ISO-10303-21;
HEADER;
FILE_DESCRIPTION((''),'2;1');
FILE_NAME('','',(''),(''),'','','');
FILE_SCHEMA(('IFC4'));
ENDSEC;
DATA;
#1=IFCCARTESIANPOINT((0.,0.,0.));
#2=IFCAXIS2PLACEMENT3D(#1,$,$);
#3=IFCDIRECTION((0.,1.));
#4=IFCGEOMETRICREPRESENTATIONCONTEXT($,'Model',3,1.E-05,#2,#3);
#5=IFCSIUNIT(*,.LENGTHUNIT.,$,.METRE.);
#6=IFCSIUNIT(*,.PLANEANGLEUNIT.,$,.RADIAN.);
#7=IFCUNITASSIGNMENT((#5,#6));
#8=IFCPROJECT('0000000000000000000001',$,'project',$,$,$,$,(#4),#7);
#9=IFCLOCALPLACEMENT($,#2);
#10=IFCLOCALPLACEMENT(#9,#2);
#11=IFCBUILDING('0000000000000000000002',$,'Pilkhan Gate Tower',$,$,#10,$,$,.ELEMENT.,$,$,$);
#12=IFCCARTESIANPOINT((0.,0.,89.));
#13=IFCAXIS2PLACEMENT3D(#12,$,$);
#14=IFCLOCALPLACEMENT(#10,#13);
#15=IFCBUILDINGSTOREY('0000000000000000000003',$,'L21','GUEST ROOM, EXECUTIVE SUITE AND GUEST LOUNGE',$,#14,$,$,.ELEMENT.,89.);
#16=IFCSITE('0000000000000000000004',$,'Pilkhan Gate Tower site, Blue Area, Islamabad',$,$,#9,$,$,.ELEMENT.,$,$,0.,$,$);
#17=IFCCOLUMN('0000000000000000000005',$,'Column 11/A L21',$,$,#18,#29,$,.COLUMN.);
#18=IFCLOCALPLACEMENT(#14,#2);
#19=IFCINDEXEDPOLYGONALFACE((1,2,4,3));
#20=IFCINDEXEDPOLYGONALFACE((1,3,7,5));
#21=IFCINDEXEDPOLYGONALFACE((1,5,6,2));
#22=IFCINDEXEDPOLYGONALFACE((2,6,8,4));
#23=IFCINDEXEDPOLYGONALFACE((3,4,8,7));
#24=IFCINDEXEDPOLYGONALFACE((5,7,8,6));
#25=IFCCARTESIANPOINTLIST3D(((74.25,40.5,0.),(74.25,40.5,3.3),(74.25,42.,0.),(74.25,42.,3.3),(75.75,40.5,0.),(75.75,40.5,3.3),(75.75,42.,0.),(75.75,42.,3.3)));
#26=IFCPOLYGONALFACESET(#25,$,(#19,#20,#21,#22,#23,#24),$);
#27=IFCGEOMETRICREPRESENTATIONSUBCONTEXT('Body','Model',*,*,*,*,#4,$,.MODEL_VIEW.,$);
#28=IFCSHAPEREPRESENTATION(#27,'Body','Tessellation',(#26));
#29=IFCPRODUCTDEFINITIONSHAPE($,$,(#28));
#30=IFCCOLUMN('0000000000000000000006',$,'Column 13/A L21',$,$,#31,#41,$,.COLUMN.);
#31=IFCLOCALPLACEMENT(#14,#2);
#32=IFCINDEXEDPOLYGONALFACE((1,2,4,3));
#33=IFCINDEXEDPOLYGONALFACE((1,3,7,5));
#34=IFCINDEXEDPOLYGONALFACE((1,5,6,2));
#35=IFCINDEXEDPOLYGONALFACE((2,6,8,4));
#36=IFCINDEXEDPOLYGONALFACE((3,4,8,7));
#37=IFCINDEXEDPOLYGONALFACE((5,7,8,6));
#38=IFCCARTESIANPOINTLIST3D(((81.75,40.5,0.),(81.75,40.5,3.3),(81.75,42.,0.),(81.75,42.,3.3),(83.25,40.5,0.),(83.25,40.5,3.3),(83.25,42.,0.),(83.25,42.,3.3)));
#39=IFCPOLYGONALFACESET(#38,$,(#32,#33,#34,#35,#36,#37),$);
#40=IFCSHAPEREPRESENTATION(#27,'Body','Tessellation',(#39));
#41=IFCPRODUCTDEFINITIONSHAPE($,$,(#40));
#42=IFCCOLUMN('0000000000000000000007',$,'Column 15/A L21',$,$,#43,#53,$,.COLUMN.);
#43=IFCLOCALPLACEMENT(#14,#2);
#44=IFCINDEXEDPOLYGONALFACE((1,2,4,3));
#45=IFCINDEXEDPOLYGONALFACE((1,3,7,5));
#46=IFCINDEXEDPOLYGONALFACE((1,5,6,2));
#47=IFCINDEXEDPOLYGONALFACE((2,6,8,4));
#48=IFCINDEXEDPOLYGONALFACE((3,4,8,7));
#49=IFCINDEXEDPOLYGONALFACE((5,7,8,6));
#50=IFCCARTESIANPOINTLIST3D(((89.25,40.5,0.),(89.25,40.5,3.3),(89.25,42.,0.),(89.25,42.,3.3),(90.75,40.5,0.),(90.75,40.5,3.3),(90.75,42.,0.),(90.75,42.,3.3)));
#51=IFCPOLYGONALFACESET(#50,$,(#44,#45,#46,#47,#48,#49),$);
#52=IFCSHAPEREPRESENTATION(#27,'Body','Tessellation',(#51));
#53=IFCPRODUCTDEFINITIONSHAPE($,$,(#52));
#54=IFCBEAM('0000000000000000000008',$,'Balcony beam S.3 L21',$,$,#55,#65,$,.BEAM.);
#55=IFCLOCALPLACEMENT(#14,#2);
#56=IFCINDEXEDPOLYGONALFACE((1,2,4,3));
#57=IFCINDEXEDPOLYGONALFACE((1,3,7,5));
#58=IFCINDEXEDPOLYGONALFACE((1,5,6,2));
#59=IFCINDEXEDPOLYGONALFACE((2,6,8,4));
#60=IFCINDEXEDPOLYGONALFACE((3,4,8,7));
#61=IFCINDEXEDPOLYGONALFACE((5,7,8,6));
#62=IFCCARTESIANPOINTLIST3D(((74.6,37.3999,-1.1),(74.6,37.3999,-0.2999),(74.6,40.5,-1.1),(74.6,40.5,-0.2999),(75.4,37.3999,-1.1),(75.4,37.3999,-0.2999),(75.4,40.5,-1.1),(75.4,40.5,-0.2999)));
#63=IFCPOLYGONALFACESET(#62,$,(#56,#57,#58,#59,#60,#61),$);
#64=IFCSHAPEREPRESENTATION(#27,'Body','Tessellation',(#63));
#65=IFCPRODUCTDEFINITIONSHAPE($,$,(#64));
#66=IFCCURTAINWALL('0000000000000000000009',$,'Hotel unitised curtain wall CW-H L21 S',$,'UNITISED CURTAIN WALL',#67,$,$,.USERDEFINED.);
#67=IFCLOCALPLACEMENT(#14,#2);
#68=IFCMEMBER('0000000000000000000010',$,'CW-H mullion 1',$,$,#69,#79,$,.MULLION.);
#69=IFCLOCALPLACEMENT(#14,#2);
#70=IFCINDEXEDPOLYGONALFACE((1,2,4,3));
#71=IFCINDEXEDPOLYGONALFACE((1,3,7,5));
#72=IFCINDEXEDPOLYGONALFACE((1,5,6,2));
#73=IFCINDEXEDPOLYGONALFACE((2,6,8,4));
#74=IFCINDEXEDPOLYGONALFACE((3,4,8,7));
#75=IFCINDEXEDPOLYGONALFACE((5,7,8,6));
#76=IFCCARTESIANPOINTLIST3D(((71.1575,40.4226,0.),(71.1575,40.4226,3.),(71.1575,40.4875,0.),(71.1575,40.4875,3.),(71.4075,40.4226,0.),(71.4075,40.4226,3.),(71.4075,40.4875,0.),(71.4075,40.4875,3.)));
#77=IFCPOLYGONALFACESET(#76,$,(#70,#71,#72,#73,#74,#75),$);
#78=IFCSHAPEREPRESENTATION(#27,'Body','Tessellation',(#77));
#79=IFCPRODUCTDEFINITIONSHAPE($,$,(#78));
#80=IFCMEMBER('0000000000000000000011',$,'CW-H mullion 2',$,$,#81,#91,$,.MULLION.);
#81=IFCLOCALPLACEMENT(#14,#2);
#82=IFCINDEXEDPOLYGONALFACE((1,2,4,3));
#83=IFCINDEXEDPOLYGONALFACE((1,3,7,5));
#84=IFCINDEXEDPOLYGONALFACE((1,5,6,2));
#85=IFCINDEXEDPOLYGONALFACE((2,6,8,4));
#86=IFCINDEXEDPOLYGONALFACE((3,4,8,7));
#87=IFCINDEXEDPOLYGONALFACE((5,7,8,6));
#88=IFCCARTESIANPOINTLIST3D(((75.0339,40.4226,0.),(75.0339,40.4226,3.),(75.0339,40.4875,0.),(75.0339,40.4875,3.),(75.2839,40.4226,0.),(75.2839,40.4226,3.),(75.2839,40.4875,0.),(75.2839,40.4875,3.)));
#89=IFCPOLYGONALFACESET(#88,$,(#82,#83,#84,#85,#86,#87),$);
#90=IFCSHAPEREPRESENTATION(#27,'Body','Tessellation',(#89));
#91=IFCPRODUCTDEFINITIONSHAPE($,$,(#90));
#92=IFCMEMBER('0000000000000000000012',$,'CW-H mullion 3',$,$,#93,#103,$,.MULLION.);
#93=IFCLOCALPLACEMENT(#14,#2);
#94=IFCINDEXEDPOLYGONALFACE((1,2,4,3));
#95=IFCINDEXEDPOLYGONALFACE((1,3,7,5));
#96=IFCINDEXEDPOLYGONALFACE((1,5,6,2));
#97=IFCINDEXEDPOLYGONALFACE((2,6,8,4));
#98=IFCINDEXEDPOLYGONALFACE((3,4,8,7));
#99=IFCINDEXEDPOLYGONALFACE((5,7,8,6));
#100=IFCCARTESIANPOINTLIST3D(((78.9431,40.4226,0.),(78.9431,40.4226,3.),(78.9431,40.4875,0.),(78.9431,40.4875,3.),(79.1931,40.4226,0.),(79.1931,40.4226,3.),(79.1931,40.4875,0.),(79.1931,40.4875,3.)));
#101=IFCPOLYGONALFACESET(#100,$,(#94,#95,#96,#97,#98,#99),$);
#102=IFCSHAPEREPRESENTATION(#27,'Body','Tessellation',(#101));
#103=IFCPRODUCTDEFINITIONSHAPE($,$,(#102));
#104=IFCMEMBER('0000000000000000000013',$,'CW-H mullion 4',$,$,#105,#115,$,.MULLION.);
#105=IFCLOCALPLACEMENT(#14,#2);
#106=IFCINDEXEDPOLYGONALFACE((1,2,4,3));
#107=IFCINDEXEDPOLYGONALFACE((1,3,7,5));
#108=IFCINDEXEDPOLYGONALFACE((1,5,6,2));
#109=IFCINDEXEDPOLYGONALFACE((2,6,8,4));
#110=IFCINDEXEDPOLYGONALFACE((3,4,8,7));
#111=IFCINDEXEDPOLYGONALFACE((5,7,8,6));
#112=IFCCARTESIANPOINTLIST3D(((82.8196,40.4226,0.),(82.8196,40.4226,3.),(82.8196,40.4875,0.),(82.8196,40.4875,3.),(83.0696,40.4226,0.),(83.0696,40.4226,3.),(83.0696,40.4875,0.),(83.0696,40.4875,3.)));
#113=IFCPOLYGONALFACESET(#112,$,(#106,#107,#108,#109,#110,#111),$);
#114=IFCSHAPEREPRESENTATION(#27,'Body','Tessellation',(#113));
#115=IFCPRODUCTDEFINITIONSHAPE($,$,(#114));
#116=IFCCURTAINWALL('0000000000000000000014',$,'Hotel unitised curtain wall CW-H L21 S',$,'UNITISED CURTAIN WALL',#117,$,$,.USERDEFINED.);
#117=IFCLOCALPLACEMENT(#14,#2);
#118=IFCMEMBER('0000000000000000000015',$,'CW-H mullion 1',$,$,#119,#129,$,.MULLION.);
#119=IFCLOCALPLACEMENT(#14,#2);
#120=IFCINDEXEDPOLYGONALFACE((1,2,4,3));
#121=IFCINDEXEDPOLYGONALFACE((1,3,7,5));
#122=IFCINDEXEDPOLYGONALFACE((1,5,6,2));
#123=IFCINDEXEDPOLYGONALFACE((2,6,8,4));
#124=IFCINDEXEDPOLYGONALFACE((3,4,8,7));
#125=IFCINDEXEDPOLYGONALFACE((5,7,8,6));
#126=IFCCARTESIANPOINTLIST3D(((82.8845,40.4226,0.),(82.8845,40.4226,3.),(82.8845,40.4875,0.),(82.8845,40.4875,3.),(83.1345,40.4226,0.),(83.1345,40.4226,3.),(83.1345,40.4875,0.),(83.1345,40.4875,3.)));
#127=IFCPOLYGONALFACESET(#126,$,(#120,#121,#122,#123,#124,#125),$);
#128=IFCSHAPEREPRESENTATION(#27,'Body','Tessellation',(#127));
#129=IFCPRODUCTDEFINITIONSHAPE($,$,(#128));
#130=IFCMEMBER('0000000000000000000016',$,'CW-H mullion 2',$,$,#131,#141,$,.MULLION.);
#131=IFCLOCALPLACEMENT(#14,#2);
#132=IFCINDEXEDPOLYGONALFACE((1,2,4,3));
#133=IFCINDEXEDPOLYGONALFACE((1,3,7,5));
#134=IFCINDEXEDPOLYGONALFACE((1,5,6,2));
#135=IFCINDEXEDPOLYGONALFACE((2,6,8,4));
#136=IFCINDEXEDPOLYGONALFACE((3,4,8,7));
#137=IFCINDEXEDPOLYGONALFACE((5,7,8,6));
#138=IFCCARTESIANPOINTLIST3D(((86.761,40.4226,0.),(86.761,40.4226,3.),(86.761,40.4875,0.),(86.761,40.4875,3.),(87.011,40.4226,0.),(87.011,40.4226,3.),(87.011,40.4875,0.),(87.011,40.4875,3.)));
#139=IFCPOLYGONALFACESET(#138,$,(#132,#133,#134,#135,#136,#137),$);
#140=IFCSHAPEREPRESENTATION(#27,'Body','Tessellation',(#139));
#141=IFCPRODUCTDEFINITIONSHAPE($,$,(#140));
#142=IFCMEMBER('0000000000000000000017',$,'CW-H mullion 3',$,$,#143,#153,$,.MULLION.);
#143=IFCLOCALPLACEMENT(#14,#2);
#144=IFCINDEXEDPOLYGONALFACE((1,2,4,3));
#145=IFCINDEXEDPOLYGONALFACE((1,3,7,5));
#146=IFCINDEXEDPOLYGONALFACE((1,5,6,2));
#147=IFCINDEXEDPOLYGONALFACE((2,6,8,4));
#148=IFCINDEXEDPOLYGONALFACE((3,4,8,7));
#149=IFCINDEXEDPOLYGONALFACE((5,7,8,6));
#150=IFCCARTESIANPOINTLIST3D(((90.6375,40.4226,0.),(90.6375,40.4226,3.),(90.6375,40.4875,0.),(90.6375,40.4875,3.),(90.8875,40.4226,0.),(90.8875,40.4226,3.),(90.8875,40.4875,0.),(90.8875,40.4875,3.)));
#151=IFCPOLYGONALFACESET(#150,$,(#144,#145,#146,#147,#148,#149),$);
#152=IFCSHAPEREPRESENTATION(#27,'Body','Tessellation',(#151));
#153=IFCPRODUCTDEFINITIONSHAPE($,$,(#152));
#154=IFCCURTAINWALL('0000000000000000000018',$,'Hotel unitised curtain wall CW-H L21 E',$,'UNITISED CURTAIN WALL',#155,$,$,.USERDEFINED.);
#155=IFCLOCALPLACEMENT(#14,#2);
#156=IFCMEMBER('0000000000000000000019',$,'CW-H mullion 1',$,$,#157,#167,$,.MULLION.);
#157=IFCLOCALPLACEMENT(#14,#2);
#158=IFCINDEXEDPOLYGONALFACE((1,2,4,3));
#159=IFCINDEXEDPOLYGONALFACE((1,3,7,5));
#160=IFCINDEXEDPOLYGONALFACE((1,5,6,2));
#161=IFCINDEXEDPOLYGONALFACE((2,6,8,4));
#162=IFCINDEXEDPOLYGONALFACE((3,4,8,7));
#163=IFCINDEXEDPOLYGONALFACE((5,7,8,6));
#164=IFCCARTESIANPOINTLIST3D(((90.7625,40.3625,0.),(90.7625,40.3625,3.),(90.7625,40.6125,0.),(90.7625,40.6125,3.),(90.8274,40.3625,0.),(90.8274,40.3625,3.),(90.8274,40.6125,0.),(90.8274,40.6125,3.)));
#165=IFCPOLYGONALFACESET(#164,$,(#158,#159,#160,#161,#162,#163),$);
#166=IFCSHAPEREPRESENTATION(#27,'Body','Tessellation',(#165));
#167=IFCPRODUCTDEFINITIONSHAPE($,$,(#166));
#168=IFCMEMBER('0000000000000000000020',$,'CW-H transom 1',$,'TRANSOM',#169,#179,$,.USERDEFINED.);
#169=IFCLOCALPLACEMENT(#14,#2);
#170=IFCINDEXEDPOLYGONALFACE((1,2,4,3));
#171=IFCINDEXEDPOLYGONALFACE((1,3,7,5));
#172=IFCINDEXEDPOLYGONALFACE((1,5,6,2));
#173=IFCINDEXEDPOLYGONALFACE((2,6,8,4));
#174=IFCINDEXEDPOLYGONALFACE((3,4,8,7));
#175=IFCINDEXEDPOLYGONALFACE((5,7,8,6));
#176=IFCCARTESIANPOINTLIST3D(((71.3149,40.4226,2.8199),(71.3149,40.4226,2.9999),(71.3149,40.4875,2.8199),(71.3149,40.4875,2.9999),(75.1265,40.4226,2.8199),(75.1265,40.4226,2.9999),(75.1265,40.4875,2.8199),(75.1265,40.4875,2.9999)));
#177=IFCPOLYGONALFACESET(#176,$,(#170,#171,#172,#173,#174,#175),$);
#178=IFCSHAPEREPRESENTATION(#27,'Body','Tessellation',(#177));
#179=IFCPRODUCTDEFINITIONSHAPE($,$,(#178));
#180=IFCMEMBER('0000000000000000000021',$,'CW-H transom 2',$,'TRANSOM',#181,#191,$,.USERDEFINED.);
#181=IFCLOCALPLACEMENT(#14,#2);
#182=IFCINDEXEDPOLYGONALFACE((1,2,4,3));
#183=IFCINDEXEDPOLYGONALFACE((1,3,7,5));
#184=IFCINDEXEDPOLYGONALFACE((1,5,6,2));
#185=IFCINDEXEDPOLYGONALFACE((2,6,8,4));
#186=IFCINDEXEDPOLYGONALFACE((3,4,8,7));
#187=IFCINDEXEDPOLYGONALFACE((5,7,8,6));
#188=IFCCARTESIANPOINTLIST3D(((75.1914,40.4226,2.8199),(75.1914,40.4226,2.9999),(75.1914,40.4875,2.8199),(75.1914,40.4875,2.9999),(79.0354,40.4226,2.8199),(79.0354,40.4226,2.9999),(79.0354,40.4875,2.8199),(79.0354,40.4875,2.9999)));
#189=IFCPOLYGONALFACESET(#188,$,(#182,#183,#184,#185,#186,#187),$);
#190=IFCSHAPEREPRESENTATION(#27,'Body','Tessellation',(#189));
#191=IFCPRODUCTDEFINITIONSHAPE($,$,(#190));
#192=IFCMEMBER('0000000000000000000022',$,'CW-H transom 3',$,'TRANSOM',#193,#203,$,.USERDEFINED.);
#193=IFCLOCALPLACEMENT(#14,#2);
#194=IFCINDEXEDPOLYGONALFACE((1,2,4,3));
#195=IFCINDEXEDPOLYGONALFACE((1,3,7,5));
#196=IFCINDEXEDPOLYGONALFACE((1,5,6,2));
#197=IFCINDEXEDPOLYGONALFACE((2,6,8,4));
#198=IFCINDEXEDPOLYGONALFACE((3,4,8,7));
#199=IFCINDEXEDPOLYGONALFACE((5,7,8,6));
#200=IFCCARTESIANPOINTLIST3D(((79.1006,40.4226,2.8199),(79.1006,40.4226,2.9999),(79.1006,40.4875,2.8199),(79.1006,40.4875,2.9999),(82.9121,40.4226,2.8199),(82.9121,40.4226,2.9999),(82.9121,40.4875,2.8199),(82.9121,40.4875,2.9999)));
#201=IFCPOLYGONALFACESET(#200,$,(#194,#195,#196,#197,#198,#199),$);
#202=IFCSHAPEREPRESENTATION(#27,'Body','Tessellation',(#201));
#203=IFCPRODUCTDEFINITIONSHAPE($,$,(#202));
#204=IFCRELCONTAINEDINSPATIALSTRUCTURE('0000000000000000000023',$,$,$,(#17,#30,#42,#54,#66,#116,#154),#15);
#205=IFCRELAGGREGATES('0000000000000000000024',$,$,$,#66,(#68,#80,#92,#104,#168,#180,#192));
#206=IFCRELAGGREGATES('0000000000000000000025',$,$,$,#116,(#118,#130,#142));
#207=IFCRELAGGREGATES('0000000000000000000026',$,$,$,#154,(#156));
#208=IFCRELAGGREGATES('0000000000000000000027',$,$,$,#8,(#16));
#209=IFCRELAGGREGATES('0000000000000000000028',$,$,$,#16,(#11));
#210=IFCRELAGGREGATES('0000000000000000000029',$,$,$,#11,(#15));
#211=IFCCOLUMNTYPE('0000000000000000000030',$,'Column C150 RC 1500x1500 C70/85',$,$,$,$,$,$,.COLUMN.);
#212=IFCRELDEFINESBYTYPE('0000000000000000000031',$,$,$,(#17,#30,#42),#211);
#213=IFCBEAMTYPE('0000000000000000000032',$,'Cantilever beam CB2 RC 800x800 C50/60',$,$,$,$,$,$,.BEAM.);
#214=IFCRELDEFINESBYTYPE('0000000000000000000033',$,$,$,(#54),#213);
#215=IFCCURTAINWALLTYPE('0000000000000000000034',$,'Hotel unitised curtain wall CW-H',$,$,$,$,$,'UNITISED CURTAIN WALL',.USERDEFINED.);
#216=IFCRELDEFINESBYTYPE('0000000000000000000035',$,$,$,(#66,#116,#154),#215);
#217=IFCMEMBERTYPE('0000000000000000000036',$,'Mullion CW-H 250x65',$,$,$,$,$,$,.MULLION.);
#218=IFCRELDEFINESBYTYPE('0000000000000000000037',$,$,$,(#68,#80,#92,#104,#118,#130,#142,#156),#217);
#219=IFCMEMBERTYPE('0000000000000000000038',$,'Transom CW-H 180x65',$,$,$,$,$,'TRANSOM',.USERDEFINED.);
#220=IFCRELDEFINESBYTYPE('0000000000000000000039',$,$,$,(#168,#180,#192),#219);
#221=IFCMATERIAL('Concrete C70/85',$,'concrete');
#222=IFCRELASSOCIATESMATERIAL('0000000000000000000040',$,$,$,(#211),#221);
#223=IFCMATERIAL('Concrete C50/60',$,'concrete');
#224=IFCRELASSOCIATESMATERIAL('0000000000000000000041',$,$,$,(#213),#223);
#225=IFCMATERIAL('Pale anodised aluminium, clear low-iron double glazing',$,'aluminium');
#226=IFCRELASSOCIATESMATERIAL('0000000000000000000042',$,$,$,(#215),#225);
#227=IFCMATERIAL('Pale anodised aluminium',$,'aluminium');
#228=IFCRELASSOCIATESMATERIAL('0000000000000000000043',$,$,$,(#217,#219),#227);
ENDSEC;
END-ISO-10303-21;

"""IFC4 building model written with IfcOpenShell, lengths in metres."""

from ifc_helpers import new_model, si_unit, direction, frame, origin, origin_2d, place, context, subcontext, project, spatial, rectangle, extrude, material, material_profile, profile_set, type_object, element, aggregate, save


model = new_model("IFC4")

# Units and contexts
model_context = context("Model", 3, precision=1e-05, world=origin(), true_north=direction((0.0, 1.0)))
body_context = subcontext(model_context, "Body", "Model", "MODEL_VIEW")
ifc_project = project(units=[si_unit("LENGTHUNIT", "METRE"), si_unit("PLANEANGLEUNIT", "RADIAN")], contexts=[model_context])

# Site, building, storey
site_placement = place(None, origin())
site = spatial("IfcSite", under=ifc_project, at=site_placement, Name="Pilkhan Gate Tower site, Blue Area, Islamabad", CompositionType="ELEMENT", RefElevation=0.0)
building_placement = place(site_placement, origin())
building = spatial("IfcBuilding", under=site, at=building_placement, Name="Pilkhan Gate Tower", CompositionType="ELEMENT")
storey_placement = place(building_placement, frame((0.0, 0.0, 89.0)))
storey = spatial("IfcBuildingStorey", under=building, at=storey_placement, Name="L21", Description="GUEST ROOM, EXECUTIVE SUITE AND GUEST LOUNGE", CompositionType="ELEMENT", Elevation=89.0)

# Columns
ifc_material_1 = material(Name="Concrete C70/85", Category="concrete")
ifc_material_profile_1 = material_profile(ifc_material_1, rectangle(XDim=1.5, YDim=1.5, at=origin_2d()), Name="RC 1500x1500")
ifc_profile_set_1 = profile_set([ifc_material_profile_1], Name="Concrete C70/85")
column_type = type_object("IfcColumnType", Name="Column C150 RC 1500x1500 C70/85", PredefinedType="COLUMN", material=ifc_profile_set_1)
for number, where, z_axis, x_axis, name in (
    (1, (75.0, 41.25, 0.0), (0.0, 0.0, 1.0), (1.0, 0.0, 0.0), "Column 11/A L21"),
    (2, (82.5, 41.25, 0.0), (0.0, 0.0, 1.0), (1.0, 0.0, 0.0), "Column 13/A L21"),
    (3, (90.0, 41.25, 0.0), (0.0, 0.0, 1.0), (1.0, 0.0, 0.0), "Column 15/A L21"),
):
    element("IfcColumn", number, at=place(storey_placement, frame(where, z_axis=z_axis, x_axis=x_axis)), inside=storey, type_object=column_type, Name=name, PredefinedType="COLUMN", context=body_context, shape_type="SweptSolid", body=[
        extrude(rectangle(XDim=1.5, YDim=1.5, at=origin_2d()), origin(), (0.0, 0.0, 1.0), 3.3),
    ])

# Beam
ifc_material_2 = material(Name="Concrete C50/60", Category="concrete")
ifc_material_profile_2 = material_profile(ifc_material_2, rectangle(XDim=0.8, YDim=0.8, at=origin_2d()), Name="RC 800x800")
ifc_profile_set_2 = profile_set([ifc_material_profile_2], Name="Concrete C50/60")
beam_type = type_object("IfcBeamType", Name="Cantilever beam CB2 RC 800x800 C50/60", PredefinedType="BEAM", material=ifc_profile_set_2)
beam_placement = place(storey_placement, frame((75.0, 40.5, -0.7), z_axis=(0.0, -1.0, 0.0), x_axis=(1.0, 0.0, 0.0)))
element("IfcBeam", 4, at=beam_placement, inside=storey, type_object=beam_type, Name="Balcony beam S.3 L21", PredefinedType="BEAM", context=body_context, shape_type="SweptSolid", body=[
    extrude(rectangle(XDim=0.8, YDim=0.8, at=origin_2d()), origin(), (0.0, 0.0, 1.0), 3.1001),
])

# Curtain walls, members
ifc_material_3 = material(Name="Pale anodised aluminium, clear low-iron double glazing", Category="aluminium")
curtain_wall_type = type_object("IfcCurtainWallType", Name="Hotel unitised curtain wall CW-H", ElementType="UNITISED CURTAIN WALL", PredefinedType="USERDEFINED", material=ifc_material_3)
curtain_wall_1_placement = place(storey_placement, origin())
curtain_wall_1 = element("IfcCurtainWall", 5, at=curtain_wall_1_placement, inside=storey, type_object=curtain_wall_type, Name="Hotel unitised curtain wall CW-H L21 S", ObjectType="UNITISED CURTAIN WALL", PredefinedType="USERDEFINED")
ifc_material_4 = material(Name="Pale anodised aluminium", Category="aluminium")
ifc_material_profile_3 = material_profile(ifc_material_4, rectangle(XDim=0.0649, YDim=0.25, at=origin_2d()), Name="Mullion 250x65")
ifc_profile_set_3 = profile_set([ifc_material_profile_3], Name="Pale anodised aluminium")
member_type_1 = type_object("IfcMemberType", Name="Mullion CW-H 250x65", PredefinedType="MULLION", material=ifc_profile_set_3)
member_1_placement = place(storey_placement, frame((71.2825, 40.4551, 0.0), z_axis=(0.0, 0.0, 1.0), x_axis=(0.0, 1.0, 0.0)))
member_1 = element("IfcMember", 6, at=member_1_placement, type_object=member_type_1, Name="CW-H mullion 1", PredefinedType="MULLION", context=body_context, shape_type="SweptSolid", body=[
    extrude(rectangle(XDim=0.0649, YDim=0.25, at=origin_2d()), origin(), (0.0, 0.0, 1.0), 3.0),
])
member_2_placement = place(storey_placement, frame((75.1589, 40.4551, 0.0), z_axis=(0.0, 0.0, 1.0), x_axis=(0.0, 1.0, 0.0)))
member_2 = element("IfcMember", 7, at=member_2_placement, type_object=member_type_1, Name="CW-H mullion 2", PredefinedType="MULLION", context=body_context, shape_type="SweptSolid", body=[
    extrude(rectangle(XDim=0.0649, YDim=0.25, at=origin_2d()), origin(), (0.0, 0.0, 1.0), 3.0),
])
member_3_placement = place(storey_placement, frame((79.0681, 40.4551, 0.0), z_axis=(0.0, 0.0, 1.0), x_axis=(0.0, 1.0, 0.0)))
member_3 = element("IfcMember", 8, at=member_3_placement, type_object=member_type_1, Name="CW-H mullion 3", PredefinedType="MULLION", context=body_context, shape_type="SweptSolid", body=[
    extrude(rectangle(XDim=0.0649, YDim=0.25, at=origin_2d()), origin(), (0.0, 0.0, 1.0), 3.0),
])
member_4_placement = place(storey_placement, frame((82.9446, 40.4551, 0.0), z_axis=(0.0, 0.0, 1.0), x_axis=(0.0, 1.0, 0.0)))
member_4 = element("IfcMember", 9, at=member_4_placement, type_object=member_type_1, Name="CW-H mullion 4", PredefinedType="MULLION", context=body_context, shape_type="SweptSolid", body=[
    extrude(rectangle(XDim=0.0649, YDim=0.25, at=origin_2d()), origin(), (0.0, 0.0, 1.0), 3.0),
])
curtain_wall_2_placement = place(storey_placement, origin())
curtain_wall_2 = element("IfcCurtainWall", 10, at=curtain_wall_2_placement, inside=storey, type_object=curtain_wall_type, Name="Hotel unitised curtain wall CW-H L21 S", ObjectType="UNITISED CURTAIN WALL", PredefinedType="USERDEFINED")
member_5_placement = place(storey_placement, frame((83.0095, 40.4551, 0.0), z_axis=(0.0, 0.0, 1.0), x_axis=(0.0, 1.0, 0.0)))
member_5 = element("IfcMember", 11, at=member_5_placement, type_object=member_type_1, Name="CW-H mullion 1", PredefinedType="MULLION", context=body_context, shape_type="SweptSolid", body=[
    extrude(rectangle(XDim=0.0649, YDim=0.25, at=origin_2d()), origin(), (0.0, 0.0, 1.0), 3.0),
])
member_6_placement = place(storey_placement, frame((86.886, 40.4551, 0.0), z_axis=(0.0, 0.0, 1.0), x_axis=(0.0, 1.0, 0.0)))
member_6 = element("IfcMember", 12, at=member_6_placement, type_object=member_type_1, Name="CW-H mullion 2", PredefinedType="MULLION", context=body_context, shape_type="SweptSolid", body=[
    extrude(rectangle(XDim=0.0649, YDim=0.25, at=origin_2d()), origin(), (0.0, 0.0, 1.0), 3.0),
])
member_7_placement = place(storey_placement, frame((90.7625, 40.4551, 0.0), z_axis=(0.0, 0.0, 1.0), x_axis=(0.0, 1.0, 0.0)))
member_7 = element("IfcMember", 13, at=member_7_placement, type_object=member_type_1, Name="CW-H mullion 3", PredefinedType="MULLION", context=body_context, shape_type="SweptSolid", body=[
    extrude(rectangle(XDim=0.0649, YDim=0.25, at=origin_2d()), origin(), (0.0, 0.0, 1.0), 3.0),
])

# Curtain wall, member
curtain_wall_3_placement = place(storey_placement, origin())
curtain_wall_3 = element("IfcCurtainWall", 14, at=curtain_wall_3_placement, inside=storey, type_object=curtain_wall_type, Name="Hotel unitised curtain wall CW-H L21 E", ObjectType="UNITISED CURTAIN WALL", PredefinedType="USERDEFINED")
member_8_placement = place(storey_placement, frame((90.7949, 40.4875, 0.0), z_axis=(0.0, 0.0, 1.0), x_axis=(-1.0, 0.0, 0.0)))
member_8 = element("IfcMember", 15, at=member_8_placement, type_object=member_type_1, Name="CW-H mullion 1", PredefinedType="MULLION", context=body_context, shape_type="SweptSolid", body=[
    extrude(rectangle(XDim=0.0649, YDim=0.25, at=origin_2d()), origin(), (0.0, 0.0, 1.0), 3.0),
])

# Members
ifc_material_profile_4 = material_profile(ifc_material_4, rectangle(XDim=0.0649, YDim=0.1799, at=origin_2d()), Name="Transom 180x65")
ifc_profile_set_4 = profile_set([ifc_material_profile_4], Name="Pale anodised aluminium")
member_type_2 = type_object("IfcMemberType", Name="Transom CW-H 180x65", ElementType="TRANSOM", PredefinedType="USERDEFINED", material=ifc_profile_set_4)
member_9_placement = place(storey_placement, frame((71.3149, 40.4551, 2.9099), z_axis=(1.0, 0.0, 0.0), x_axis=(0.0, 1.0, 0.0)))
member_9 = element("IfcMember", 16, at=member_9_placement, type_object=member_type_2, Name="CW-H transom 1", ObjectType="TRANSOM", PredefinedType="USERDEFINED", context=body_context, shape_type="SweptSolid", body=[
    extrude(rectangle(XDim=0.0649, YDim=0.1799, at=origin_2d()), origin(), (0.0, 0.0, 1.0), 3.8115),
])
member_10_placement = place(storey_placement, frame((75.1914, 40.4551, 2.9099), z_axis=(1.0, 0.0, 0.0), x_axis=(0.0, 1.0, 0.0)))
member_10 = element("IfcMember", 17, at=member_10_placement, type_object=member_type_2, Name="CW-H transom 2", ObjectType="TRANSOM", PredefinedType="USERDEFINED", context=body_context, shape_type="SweptSolid", body=[
    extrude(rectangle(XDim=0.0649, YDim=0.1799, at=origin_2d()), origin(), (0.0, 0.0, 1.0), 3.844),
])
member_11_placement = place(storey_placement, frame((79.1006, 40.4551, 2.9099), z_axis=(1.0, 0.0, 0.0), x_axis=(0.0, 1.0, 0.0)))
member_11 = element("IfcMember", 18, at=member_11_placement, type_object=member_type_2, Name="CW-H transom 3", ObjectType="TRANSOM", PredefinedType="USERDEFINED", context=body_context, shape_type="SweptSolid", body=[
    extrude(rectangle(XDim=0.0649, YDim=0.1799, at=origin_2d()), origin(), (0.0, 0.0, 1.0), 3.8115),
])

aggregate(curtain_wall_1, [member_1, member_2, member_3, member_4, member_9, member_10, member_11])
aggregate(curtain_wall_2, [member_5, member_6, member_7])
aggregate(curtain_wall_3, [member_8])

save(model, "model.ifc")
